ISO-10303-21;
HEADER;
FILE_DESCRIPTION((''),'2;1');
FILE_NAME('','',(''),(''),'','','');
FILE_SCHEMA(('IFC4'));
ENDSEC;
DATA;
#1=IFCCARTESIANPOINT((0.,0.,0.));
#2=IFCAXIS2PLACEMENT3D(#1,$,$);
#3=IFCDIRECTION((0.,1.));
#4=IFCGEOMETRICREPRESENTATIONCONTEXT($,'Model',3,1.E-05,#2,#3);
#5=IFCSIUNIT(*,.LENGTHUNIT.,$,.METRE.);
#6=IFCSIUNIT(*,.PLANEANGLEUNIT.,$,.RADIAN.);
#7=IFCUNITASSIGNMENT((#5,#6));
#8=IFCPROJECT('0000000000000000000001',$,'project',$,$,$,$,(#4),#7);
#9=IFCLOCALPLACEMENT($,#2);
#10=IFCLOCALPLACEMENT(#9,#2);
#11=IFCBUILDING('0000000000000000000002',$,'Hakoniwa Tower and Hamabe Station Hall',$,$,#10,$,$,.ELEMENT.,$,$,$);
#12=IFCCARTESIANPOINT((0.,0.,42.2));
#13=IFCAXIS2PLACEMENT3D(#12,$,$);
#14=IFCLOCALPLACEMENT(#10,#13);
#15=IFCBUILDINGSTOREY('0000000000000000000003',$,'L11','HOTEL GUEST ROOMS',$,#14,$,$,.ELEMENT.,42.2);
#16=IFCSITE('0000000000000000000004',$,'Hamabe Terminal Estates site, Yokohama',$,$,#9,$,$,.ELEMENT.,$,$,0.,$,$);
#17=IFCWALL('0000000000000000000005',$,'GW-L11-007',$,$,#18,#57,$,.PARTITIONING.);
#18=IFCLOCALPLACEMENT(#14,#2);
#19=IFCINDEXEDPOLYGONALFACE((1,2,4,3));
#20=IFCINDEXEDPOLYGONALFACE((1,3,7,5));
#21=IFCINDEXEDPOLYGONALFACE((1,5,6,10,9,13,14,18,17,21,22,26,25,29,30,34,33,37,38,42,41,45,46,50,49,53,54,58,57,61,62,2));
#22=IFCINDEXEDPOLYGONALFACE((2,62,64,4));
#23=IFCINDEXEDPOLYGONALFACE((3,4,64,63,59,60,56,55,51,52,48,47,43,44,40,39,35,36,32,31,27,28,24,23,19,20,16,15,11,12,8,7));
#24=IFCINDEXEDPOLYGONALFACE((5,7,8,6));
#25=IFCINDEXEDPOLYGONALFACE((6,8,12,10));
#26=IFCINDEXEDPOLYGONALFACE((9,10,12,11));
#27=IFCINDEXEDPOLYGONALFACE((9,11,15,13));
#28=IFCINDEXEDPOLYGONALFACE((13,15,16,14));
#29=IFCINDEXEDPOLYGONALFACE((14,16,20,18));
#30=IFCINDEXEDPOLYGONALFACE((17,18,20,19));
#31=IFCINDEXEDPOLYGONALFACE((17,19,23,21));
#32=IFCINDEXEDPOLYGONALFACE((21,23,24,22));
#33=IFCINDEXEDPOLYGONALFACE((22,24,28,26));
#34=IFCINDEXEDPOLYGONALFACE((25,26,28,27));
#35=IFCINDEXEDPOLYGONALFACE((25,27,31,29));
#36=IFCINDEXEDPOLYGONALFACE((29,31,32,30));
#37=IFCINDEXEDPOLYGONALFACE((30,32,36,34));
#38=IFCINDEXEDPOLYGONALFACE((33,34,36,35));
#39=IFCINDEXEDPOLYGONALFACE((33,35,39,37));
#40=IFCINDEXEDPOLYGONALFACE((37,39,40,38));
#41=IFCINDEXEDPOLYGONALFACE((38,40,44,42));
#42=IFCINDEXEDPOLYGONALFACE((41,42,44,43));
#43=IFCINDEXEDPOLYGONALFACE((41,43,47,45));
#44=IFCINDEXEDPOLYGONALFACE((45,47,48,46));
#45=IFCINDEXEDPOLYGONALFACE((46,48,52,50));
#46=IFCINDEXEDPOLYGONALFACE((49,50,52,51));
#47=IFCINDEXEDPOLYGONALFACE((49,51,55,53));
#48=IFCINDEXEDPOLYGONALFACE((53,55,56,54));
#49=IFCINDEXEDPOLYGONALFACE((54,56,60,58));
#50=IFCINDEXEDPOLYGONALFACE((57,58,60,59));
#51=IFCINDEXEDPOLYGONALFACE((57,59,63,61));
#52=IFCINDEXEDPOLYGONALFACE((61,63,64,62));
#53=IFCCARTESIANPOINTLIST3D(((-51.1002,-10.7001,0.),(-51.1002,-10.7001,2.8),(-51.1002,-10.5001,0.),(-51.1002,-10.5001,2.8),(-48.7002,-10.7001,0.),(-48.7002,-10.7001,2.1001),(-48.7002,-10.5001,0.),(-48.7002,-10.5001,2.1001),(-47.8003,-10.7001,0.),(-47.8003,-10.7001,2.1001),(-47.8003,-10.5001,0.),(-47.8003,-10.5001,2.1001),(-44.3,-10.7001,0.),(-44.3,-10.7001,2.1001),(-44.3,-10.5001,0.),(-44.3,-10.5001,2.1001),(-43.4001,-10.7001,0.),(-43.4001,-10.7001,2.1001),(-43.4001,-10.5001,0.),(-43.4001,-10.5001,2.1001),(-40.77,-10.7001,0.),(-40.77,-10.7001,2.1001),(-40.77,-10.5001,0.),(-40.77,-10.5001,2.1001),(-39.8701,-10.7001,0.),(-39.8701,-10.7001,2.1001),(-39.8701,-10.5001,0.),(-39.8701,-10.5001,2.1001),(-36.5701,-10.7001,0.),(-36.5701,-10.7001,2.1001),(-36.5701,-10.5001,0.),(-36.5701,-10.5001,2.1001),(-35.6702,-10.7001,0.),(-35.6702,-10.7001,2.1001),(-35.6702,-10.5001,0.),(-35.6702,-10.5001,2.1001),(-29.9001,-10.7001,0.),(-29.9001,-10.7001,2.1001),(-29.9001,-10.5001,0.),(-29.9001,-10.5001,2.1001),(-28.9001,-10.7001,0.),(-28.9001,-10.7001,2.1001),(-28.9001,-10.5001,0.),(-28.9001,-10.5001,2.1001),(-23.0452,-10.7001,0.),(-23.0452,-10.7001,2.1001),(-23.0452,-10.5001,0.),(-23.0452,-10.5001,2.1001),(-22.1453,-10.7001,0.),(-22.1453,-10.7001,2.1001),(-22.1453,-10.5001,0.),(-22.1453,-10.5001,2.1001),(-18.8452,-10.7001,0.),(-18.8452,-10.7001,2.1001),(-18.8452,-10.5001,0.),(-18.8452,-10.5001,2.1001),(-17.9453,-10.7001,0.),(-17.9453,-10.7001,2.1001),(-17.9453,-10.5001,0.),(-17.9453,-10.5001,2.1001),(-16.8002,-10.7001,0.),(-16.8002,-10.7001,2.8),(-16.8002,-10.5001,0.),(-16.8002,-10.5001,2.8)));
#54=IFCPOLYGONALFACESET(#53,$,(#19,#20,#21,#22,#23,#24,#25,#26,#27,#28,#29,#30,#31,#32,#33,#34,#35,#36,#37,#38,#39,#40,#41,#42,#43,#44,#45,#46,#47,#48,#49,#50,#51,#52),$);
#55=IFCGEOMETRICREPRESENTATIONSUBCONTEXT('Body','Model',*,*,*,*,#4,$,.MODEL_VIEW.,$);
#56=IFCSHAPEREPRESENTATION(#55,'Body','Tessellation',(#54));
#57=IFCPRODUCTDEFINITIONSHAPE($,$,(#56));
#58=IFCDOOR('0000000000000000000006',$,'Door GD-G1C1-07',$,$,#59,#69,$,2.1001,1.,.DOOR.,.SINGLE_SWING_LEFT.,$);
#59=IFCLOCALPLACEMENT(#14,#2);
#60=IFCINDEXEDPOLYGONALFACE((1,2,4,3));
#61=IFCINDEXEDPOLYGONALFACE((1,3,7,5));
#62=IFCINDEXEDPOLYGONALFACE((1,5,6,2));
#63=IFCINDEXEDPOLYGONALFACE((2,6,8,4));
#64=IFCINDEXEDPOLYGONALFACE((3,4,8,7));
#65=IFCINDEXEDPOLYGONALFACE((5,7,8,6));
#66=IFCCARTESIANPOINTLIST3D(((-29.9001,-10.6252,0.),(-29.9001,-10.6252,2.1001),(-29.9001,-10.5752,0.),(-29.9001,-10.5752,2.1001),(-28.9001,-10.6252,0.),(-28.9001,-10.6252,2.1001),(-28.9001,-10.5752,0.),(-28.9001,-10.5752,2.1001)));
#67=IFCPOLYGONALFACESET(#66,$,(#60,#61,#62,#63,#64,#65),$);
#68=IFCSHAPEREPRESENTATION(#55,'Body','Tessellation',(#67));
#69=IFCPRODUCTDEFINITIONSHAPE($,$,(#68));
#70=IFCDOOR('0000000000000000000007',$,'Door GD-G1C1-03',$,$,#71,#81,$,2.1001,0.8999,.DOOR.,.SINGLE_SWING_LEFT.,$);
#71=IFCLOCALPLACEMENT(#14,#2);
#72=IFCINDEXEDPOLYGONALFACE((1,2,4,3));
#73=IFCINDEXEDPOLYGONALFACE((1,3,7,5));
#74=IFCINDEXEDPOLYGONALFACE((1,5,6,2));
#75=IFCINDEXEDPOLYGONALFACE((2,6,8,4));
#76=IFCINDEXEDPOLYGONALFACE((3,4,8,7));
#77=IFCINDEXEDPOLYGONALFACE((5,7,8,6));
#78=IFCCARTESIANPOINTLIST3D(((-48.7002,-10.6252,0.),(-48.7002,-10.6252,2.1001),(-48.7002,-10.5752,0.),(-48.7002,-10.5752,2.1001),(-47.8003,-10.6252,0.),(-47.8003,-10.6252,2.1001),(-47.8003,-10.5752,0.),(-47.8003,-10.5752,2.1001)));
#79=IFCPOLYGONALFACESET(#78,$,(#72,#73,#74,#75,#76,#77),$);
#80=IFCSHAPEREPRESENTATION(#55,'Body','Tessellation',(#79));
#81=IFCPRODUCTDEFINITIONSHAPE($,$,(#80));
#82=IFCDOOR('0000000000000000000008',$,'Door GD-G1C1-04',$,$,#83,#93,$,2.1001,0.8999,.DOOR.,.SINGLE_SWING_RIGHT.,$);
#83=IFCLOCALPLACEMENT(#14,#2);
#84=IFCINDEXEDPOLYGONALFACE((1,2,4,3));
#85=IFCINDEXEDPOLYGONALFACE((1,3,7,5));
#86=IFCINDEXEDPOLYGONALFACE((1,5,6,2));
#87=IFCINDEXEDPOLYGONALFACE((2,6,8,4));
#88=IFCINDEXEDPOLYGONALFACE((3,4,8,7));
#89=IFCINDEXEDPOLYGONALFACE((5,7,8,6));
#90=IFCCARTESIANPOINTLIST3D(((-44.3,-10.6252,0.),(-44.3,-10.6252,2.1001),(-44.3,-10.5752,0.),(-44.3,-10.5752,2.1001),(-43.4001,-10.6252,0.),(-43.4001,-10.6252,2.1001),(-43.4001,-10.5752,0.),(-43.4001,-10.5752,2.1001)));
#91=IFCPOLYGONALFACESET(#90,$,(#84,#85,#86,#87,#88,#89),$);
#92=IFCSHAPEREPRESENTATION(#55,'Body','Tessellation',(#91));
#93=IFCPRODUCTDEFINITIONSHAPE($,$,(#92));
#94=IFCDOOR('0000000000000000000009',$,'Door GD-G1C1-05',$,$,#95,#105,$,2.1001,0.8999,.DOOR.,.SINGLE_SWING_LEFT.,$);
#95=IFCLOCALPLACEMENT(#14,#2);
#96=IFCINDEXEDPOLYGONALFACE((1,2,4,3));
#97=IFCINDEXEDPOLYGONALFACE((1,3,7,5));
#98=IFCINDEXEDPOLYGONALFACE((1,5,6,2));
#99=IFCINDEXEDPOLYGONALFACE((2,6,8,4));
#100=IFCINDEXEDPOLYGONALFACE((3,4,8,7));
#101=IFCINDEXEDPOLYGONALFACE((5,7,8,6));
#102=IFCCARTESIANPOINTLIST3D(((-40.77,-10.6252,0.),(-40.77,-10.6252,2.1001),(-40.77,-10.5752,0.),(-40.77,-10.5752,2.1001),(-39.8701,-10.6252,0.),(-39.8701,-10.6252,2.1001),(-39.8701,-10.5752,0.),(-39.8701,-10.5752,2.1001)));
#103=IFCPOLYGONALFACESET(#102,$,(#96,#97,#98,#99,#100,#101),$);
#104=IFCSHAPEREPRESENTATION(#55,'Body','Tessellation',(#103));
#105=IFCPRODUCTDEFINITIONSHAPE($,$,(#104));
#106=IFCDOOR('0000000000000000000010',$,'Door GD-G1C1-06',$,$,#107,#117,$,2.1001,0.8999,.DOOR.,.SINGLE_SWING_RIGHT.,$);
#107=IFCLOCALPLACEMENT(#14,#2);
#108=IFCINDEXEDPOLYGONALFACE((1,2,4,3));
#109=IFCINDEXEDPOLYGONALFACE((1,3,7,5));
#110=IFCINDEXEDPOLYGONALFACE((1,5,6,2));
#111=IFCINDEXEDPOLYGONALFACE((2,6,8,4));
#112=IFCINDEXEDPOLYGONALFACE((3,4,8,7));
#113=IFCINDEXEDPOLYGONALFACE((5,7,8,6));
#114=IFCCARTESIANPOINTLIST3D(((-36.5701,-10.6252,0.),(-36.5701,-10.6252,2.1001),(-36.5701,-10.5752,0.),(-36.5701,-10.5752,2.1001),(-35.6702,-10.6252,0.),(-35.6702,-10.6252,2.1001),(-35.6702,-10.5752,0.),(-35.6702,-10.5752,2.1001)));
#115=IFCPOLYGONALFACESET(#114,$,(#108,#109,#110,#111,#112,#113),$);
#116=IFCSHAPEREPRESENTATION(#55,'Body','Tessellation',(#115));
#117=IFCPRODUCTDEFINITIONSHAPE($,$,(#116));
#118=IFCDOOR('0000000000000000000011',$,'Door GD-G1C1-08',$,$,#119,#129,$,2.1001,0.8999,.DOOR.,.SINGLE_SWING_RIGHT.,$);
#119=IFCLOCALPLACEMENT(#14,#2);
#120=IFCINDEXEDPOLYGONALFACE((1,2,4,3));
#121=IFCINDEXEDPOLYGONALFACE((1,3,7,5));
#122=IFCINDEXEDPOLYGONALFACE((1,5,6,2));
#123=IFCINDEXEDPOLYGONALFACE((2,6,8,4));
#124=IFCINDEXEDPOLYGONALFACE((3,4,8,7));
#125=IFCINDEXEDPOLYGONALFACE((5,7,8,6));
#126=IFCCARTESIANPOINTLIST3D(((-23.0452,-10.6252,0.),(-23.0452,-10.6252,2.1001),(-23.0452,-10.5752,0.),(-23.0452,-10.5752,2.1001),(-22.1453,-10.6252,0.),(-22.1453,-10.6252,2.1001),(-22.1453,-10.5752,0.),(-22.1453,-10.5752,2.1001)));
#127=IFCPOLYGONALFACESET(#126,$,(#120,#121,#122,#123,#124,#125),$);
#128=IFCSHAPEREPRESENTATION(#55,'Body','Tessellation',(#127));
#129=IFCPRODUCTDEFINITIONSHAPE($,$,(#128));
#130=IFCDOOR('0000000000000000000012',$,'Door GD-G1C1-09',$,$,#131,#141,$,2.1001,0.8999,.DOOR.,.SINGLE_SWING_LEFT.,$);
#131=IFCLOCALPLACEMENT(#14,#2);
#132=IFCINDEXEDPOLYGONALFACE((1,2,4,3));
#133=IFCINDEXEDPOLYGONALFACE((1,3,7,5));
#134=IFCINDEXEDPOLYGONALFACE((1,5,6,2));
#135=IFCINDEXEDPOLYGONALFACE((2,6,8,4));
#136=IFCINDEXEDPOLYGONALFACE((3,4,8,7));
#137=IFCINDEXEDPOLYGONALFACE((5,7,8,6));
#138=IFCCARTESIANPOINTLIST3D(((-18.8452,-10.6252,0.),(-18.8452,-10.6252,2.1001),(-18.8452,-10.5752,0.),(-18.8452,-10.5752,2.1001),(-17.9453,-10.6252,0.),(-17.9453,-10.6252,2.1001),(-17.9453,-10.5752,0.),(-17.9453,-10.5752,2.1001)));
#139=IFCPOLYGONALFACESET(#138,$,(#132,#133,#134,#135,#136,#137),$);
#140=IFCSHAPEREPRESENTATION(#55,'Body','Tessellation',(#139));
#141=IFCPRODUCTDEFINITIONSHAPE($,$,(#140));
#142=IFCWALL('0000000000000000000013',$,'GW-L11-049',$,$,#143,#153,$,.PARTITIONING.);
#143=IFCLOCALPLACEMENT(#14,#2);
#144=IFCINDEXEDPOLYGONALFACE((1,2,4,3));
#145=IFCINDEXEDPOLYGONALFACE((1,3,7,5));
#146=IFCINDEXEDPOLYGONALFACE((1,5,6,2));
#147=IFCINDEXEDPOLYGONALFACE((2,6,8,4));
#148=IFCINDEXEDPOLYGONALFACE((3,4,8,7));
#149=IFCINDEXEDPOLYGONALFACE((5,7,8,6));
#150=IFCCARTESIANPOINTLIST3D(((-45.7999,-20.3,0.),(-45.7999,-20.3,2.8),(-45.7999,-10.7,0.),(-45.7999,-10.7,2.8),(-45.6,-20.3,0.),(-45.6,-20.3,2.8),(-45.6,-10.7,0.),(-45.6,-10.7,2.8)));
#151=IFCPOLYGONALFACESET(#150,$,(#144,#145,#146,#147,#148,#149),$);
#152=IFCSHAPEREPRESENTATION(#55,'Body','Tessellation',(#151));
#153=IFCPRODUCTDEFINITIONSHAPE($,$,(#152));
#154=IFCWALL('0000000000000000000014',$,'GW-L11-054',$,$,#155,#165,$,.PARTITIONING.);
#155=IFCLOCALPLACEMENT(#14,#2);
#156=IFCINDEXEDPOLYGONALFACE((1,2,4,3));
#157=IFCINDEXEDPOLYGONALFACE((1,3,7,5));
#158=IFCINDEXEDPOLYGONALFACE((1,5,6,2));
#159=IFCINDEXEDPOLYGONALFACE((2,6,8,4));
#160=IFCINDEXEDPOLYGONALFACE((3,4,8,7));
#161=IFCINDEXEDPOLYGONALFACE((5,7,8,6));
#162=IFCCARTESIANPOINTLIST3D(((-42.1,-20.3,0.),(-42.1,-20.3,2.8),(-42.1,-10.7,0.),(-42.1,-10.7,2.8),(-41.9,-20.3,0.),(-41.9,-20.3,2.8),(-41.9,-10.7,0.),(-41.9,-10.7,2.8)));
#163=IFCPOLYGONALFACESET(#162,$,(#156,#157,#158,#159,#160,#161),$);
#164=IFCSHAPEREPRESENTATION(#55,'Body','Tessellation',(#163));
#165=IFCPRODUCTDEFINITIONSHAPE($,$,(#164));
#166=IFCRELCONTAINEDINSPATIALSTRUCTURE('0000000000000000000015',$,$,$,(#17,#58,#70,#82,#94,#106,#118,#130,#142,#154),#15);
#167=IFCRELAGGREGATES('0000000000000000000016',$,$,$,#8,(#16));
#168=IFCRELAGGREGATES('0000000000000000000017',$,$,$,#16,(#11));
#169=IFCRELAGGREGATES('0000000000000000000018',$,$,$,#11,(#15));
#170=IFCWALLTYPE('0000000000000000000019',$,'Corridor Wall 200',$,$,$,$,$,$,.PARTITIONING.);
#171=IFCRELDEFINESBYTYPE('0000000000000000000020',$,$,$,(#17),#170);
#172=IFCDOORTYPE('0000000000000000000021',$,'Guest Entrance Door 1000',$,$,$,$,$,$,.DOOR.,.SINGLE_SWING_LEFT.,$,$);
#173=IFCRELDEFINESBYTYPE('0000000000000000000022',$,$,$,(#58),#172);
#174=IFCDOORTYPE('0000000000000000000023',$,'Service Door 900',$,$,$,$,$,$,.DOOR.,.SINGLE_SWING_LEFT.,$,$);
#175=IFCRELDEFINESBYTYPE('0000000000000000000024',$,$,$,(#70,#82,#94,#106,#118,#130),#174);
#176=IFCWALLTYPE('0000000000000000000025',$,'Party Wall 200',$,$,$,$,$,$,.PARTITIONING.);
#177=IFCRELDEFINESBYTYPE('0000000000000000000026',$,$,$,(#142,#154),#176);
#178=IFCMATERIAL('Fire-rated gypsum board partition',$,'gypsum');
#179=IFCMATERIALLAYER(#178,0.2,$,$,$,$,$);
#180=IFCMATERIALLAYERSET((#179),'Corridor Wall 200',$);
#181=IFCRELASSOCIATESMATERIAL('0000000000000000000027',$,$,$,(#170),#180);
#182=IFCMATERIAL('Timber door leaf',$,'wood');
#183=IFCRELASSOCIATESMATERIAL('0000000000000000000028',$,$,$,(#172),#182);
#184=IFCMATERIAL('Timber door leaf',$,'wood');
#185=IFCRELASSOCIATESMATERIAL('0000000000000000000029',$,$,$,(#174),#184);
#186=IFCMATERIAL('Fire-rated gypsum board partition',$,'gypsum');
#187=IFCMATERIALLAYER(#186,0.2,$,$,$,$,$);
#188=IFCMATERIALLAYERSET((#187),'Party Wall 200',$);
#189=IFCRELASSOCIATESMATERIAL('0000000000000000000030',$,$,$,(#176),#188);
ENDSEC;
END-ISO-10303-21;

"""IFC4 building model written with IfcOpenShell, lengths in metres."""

from ifc_helpers import new_model, si_unit, direction, frame, frame_2d, origin, place, context, subcontext, project, spatial, rectangle, extrude, material, layer, layer_set, type_object, element, fill, save


model = new_model("IFC4")

# Units and contexts
model_context = context("Model", 3, precision=1e-05, world=origin(), true_north=direction((0.0, 1.0)))
body_context = subcontext(model_context, "Body", "Model", "MODEL_VIEW")
ifc_project = project(units=[si_unit("LENGTHUNIT", "METRE"), si_unit("PLANEANGLEUNIT", "RADIAN")], contexts=[model_context])

# Site, building, storey
site_placement = place(None, origin())
site = spatial("IfcSite", under=ifc_project, at=site_placement, Name="Hamabe Terminal Estates site, Yokohama", CompositionType="ELEMENT", RefElevation=0.0)
building_placement = place(site_placement, origin())
building = spatial("IfcBuilding", under=site, at=building_placement, Name="Hakoniwa Tower and Hamabe Station Hall", CompositionType="ELEMENT")
storey_placement = place(building_placement, frame((0.0, 0.0, 42.2)))
storey = spatial("IfcBuildingStorey", under=building, at=storey_placement, Name="L11", Description="HOTEL GUEST ROOMS", CompositionType="ELEMENT", Elevation=42.2)

# Wall, openings, doors
ifc_material_1 = material(Name="Fire-rated gypsum board partition", Category="gypsum")
ifc_layer_1 = layer(ifc_material_1, 0.2)
ifc_layer_set_1 = layer_set([ifc_layer_1], Name="Corridor Wall 200")
wall_type_1 = type_object("IfcWallType", Name="Corridor Wall 200", PredefinedType="PARTITIONING", material=ifc_layer_set_1)
wall_placement = place(storey_placement, frame((-51.1001, -10.6001, 0.0), z_axis=(0.0, 0.0, 1.0), x_axis=(1.0, 0.0, 0.0)))
wall = element("IfcWall", 1, at=wall_placement, inside=storey, type_object=wall_type_1, Name="GW-L11-007", PredefinedType="PARTITIONING", context=body_context, shape_type="SweptSolid", body=[
    extrude(rectangle(XDim=34.3, YDim=0.2, at=frame_2d((17.1499, 0.0))), origin(), (0.0, 0.0, 1.0), 2.8),
])
opening_1_placement = place(wall_placement, frame((2.3999, 0.0, 0.0)))
opening_1 = element("IfcOpeningElement", 2, at=opening_1_placement, cuts=wall, PredefinedType="OPENING", context=body_context, shape_type="SweptSolid", body=[
    extrude(rectangle(XDim=0.8999, YDim=2.1001, at=frame_2d((0.45, 1.05))), frame((0.0, 0.1099, 0.0), z_axis=(0.0, -1.0, 0.0), x_axis=(1.0, 0.0, 0.0)), (0.0, 0.0, 1.0), 0.22),
])
opening_2_placement = place(wall_placement, frame((6.8, 0.0, 0.0)))
opening_2 = element("IfcOpeningElement", 3, at=opening_2_placement, cuts=wall, PredefinedType="OPENING", context=body_context, shape_type="SweptSolid", body=[
    extrude(rectangle(XDim=0.8999, YDim=2.1001, at=frame_2d((0.45, 1.05))), frame((0.0, 0.1099, 0.0), z_axis=(0.0, -1.0, 0.0), x_axis=(1.0, 0.0, 0.0)), (0.0, 0.0, 1.0), 0.22),
])
opening_3_placement = place(wall_placement, frame((10.3301, 0.0, 0.0)))
opening_3 = element("IfcOpeningElement", 4, at=opening_3_placement, cuts=wall, PredefinedType="OPENING", context=body_context, shape_type="SweptSolid", body=[
    extrude(rectangle(XDim=0.8999, YDim=2.1001, at=frame_2d((0.45, 1.05))), frame((0.0, 0.1099, 0.0), z_axis=(0.0, -1.0, 0.0), x_axis=(1.0, 0.0, 0.0)), (0.0, 0.0, 1.0), 0.22),
])
opening_4_placement = place(wall_placement, frame((14.53, 0.0, 0.0)))
opening_4 = element("IfcOpeningElement", 5, at=opening_4_placement, cuts=wall, PredefinedType="OPENING", context=body_context, shape_type="SweptSolid", body=[
    extrude(rectangle(XDim=0.8999, YDim=2.1001, at=frame_2d((0.45, 1.05))), frame((0.0, 0.1099, 0.0), z_axis=(0.0, -1.0, 0.0), x_axis=(1.0, 0.0, 0.0)), (0.0, 0.0, 1.0), 0.22),
])
opening_5_placement = place(wall_placement, frame((21.2, 0.0, 0.0)))
opening_5 = element("IfcOpeningElement", 6, at=opening_5_placement, cuts=wall, PredefinedType="OPENING", context=body_context, shape_type="SweptSolid", body=[
    extrude(rectangle(XDim=1.0, YDim=2.1001, at=frame_2d((0.5, 1.05))), frame((0.0, 0.1099, 0.0), z_axis=(0.0, -1.0, 0.0), x_axis=(1.0, 0.0, 0.0)), (0.0, 0.0, 1.0), 0.22),
])
opening_6_placement = place(wall_placement, frame((28.0549, 0.0, 0.0)))
opening_6 = element("IfcOpeningElement", 7, at=opening_6_placement, cuts=wall, PredefinedType="OPENING", context=body_context, shape_type="SweptSolid", body=[
    extrude(rectangle(XDim=0.8999, YDim=2.1001, at=frame_2d((0.45, 1.05))), frame((0.0, 0.1099, 0.0), z_axis=(0.0, -1.0, 0.0), x_axis=(1.0, 0.0, 0.0)), (0.0, 0.0, 1.0), 0.22),
])
opening_7_placement = place(wall_placement, frame((32.2549, 0.0, 0.0)))
opening_7 = element("IfcOpeningElement", 8, at=opening_7_placement, cuts=wall, PredefinedType="OPENING", context=body_context, shape_type="SweptSolid", body=[
    extrude(rectangle(XDim=0.8999, YDim=2.1001, at=frame_2d((0.45, 1.05))), frame((0.0, 0.1099, 0.0), z_axis=(0.0, -1.0, 0.0), x_axis=(1.0, 0.0, 0.0)), (0.0, 0.0, 1.0), 0.22),
])
ifc_material_2 = material(Name="Timber door leaf", Category="wood")
door_type_1 = type_object("IfcDoorType", Name="Guest Entrance Door 1000", OperationType="SINGLE_SWING_LEFT", PredefinedType="DOOR", material=ifc_material_2)
door_1_placement = place(opening_5_placement, origin())
door_1 = element("IfcDoor", 9, at=door_1_placement, inside=storey, type_object=door_type_1, Name="Door GD-G1C1-07", OperationType="SINGLE_SWING_LEFT", OverallHeight=2.1001, OverallWidth=1.0, PredefinedType="DOOR", context=body_context, shape_type="SweptSolid", body=[
    extrude(rectangle(XDim=1.0, YDim=2.1001, at=frame_2d((0.5, 1.05))), frame((0.0, 0.0249, 0.0), z_axis=(0.0, -1.0, 0.0), x_axis=(1.0, 0.0, 0.0)), (0.0, 0.0, 1.0), 0.05),
])
fill(opening_5, door_1)
ifc_material_3 = material(Name="Timber door leaf", Category="wood")
door_type_2 = type_object("IfcDoorType", Name="Service Door 900", OperationType="SINGLE_SWING_LEFT", PredefinedType="DOOR", material=ifc_material_3)
door_2_placement = place(opening_1_placement, origin())
door_2 = element("IfcDoor", 10, at=door_2_placement, inside=storey, type_object=door_type_2, Name="Door GD-G1C1-03", OperationType="SINGLE_SWING_LEFT", OverallHeight=2.1001, OverallWidth=0.8999, PredefinedType="DOOR", context=body_context, shape_type="SweptSolid", body=[
    extrude(rectangle(XDim=0.8999, YDim=2.1001, at=frame_2d((0.45, 1.05))), frame((0.0, 0.0249, 0.0), z_axis=(0.0, -1.0, 0.0), x_axis=(1.0, 0.0, 0.0)), (0.0, 0.0, 1.0), 0.05),
])
fill(opening_1, door_2)
door_3_placement = place(opening_2_placement, origin())
door_3 = element("IfcDoor", 11, at=door_3_placement, inside=storey, type_object=door_type_2, Name="Door GD-G1C1-04", OperationType="SINGLE_SWING_RIGHT", OverallHeight=2.1001, OverallWidth=0.8999, PredefinedType="DOOR", context=body_context, shape_type="SweptSolid", body=[
    extrude(rectangle(XDim=0.8999, YDim=2.1001, at=frame_2d((0.45, 1.05))), frame((0.0, 0.0249, 0.0), z_axis=(0.0, -1.0, 0.0), x_axis=(1.0, 0.0, 0.0)), (0.0, 0.0, 1.0), 0.05),
])
fill(opening_2, door_3)
door_4_placement = place(opening_3_placement, origin())
door_4 = element("IfcDoor", 12, at=door_4_placement, inside=storey, type_object=door_type_2, Name="Door GD-G1C1-05", OperationType="SINGLE_SWING_LEFT", OverallHeight=2.1001, OverallWidth=0.8999, PredefinedType="DOOR", context=body_context, shape_type="SweptSolid", body=[
    extrude(rectangle(XDim=0.8999, YDim=2.1001, at=frame_2d((0.45, 1.05))), frame((0.0, 0.0249, 0.0), z_axis=(0.0, -1.0, 0.0), x_axis=(1.0, 0.0, 0.0)), (0.0, 0.0, 1.0), 0.05),
])
fill(opening_3, door_4)
door_5_placement = place(opening_4_placement, origin())
door_5 = element("IfcDoor", 13, at=door_5_placement, inside=storey, type_object=door_type_2, Name="Door GD-G1C1-06", OperationType="SINGLE_SWING_RIGHT", OverallHeight=2.1001, OverallWidth=0.8999, PredefinedType="DOOR", context=body_context, shape_type="SweptSolid", body=[
    extrude(rectangle(XDim=0.8999, YDim=2.1001, at=frame_2d((0.45, 1.05))), frame((0.0, 0.0249, 0.0), z_axis=(0.0, -1.0, 0.0), x_axis=(1.0, 0.0, 0.0)), (0.0, 0.0, 1.0), 0.05),
])
fill(opening_4, door_5)
door_6_placement = place(opening_6_placement, origin())
door_6 = element("IfcDoor", 14, at=door_6_placement, inside=storey, type_object=door_type_2, Name="Door GD-G1C1-08", OperationType="SINGLE_SWING_RIGHT", OverallHeight=2.1001, OverallWidth=0.8999, PredefinedType="DOOR", context=body_context, shape_type="SweptSolid", body=[
    extrude(rectangle(XDim=0.8999, YDim=2.1001, at=frame_2d((0.45, 1.05))), frame((0.0, 0.0249, 0.0), z_axis=(0.0, -1.0, 0.0), x_axis=(1.0, 0.0, 0.0)), (0.0, 0.0, 1.0), 0.05),
])
fill(opening_6, door_6)
door_7_placement = place(opening_7_placement, origin())
door_7 = element("IfcDoor", 15, at=door_7_placement, inside=storey, type_object=door_type_2, Name="Door GD-G1C1-09", OperationType="SINGLE_SWING_LEFT", OverallHeight=2.1001, OverallWidth=0.8999, PredefinedType="DOOR", context=body_context, shape_type="SweptSolid", body=[
    extrude(rectangle(XDim=0.8999, YDim=2.1001, at=frame_2d((0.45, 1.05))), frame((0.0, 0.0249, 0.0), z_axis=(0.0, -1.0, 0.0), x_axis=(1.0, 0.0, 0.0)), (0.0, 0.0, 1.0), 0.05),
])
fill(opening_7, door_7)

# Walls
ifc_material_4 = material(Name="Fire-rated gypsum board partition", Category="gypsum")
ifc_layer_2 = layer(ifc_material_4, 0.2)
ifc_layer_set_2 = layer_set([ifc_layer_2], Name="Party Wall 200")
wall_type_2 = type_object("IfcWallType", Name="Party Wall 200", PredefinedType="PARTITIONING", material=ifc_layer_set_2)
for number, where, z_axis, x_axis, name in (
    (16, (-45.7, -20.3, 0.0), (0.0, 0.0, 1.0), (0.0, 1.0, 0.0), "GW-L11-049"),
    (17, (-42.0, -20.3, 0.0), (0.0, 0.0, 1.0), (0.0, 1.0, 0.0), "GW-L11-054"),
):
    element("IfcWall", number, at=place(storey_placement, frame(where, z_axis=z_axis, x_axis=x_axis)), inside=storey, type_object=wall_type_2, Name=name, PredefinedType="PARTITIONING", context=body_context, shape_type="SweptSolid", body=[
        extrude(rectangle(XDim=9.6001, YDim=0.2, at=frame_2d((4.8, 0.0))), origin(), (0.0, 0.0, 1.0), 2.8),
    ])

save(model, "model.ifc")
